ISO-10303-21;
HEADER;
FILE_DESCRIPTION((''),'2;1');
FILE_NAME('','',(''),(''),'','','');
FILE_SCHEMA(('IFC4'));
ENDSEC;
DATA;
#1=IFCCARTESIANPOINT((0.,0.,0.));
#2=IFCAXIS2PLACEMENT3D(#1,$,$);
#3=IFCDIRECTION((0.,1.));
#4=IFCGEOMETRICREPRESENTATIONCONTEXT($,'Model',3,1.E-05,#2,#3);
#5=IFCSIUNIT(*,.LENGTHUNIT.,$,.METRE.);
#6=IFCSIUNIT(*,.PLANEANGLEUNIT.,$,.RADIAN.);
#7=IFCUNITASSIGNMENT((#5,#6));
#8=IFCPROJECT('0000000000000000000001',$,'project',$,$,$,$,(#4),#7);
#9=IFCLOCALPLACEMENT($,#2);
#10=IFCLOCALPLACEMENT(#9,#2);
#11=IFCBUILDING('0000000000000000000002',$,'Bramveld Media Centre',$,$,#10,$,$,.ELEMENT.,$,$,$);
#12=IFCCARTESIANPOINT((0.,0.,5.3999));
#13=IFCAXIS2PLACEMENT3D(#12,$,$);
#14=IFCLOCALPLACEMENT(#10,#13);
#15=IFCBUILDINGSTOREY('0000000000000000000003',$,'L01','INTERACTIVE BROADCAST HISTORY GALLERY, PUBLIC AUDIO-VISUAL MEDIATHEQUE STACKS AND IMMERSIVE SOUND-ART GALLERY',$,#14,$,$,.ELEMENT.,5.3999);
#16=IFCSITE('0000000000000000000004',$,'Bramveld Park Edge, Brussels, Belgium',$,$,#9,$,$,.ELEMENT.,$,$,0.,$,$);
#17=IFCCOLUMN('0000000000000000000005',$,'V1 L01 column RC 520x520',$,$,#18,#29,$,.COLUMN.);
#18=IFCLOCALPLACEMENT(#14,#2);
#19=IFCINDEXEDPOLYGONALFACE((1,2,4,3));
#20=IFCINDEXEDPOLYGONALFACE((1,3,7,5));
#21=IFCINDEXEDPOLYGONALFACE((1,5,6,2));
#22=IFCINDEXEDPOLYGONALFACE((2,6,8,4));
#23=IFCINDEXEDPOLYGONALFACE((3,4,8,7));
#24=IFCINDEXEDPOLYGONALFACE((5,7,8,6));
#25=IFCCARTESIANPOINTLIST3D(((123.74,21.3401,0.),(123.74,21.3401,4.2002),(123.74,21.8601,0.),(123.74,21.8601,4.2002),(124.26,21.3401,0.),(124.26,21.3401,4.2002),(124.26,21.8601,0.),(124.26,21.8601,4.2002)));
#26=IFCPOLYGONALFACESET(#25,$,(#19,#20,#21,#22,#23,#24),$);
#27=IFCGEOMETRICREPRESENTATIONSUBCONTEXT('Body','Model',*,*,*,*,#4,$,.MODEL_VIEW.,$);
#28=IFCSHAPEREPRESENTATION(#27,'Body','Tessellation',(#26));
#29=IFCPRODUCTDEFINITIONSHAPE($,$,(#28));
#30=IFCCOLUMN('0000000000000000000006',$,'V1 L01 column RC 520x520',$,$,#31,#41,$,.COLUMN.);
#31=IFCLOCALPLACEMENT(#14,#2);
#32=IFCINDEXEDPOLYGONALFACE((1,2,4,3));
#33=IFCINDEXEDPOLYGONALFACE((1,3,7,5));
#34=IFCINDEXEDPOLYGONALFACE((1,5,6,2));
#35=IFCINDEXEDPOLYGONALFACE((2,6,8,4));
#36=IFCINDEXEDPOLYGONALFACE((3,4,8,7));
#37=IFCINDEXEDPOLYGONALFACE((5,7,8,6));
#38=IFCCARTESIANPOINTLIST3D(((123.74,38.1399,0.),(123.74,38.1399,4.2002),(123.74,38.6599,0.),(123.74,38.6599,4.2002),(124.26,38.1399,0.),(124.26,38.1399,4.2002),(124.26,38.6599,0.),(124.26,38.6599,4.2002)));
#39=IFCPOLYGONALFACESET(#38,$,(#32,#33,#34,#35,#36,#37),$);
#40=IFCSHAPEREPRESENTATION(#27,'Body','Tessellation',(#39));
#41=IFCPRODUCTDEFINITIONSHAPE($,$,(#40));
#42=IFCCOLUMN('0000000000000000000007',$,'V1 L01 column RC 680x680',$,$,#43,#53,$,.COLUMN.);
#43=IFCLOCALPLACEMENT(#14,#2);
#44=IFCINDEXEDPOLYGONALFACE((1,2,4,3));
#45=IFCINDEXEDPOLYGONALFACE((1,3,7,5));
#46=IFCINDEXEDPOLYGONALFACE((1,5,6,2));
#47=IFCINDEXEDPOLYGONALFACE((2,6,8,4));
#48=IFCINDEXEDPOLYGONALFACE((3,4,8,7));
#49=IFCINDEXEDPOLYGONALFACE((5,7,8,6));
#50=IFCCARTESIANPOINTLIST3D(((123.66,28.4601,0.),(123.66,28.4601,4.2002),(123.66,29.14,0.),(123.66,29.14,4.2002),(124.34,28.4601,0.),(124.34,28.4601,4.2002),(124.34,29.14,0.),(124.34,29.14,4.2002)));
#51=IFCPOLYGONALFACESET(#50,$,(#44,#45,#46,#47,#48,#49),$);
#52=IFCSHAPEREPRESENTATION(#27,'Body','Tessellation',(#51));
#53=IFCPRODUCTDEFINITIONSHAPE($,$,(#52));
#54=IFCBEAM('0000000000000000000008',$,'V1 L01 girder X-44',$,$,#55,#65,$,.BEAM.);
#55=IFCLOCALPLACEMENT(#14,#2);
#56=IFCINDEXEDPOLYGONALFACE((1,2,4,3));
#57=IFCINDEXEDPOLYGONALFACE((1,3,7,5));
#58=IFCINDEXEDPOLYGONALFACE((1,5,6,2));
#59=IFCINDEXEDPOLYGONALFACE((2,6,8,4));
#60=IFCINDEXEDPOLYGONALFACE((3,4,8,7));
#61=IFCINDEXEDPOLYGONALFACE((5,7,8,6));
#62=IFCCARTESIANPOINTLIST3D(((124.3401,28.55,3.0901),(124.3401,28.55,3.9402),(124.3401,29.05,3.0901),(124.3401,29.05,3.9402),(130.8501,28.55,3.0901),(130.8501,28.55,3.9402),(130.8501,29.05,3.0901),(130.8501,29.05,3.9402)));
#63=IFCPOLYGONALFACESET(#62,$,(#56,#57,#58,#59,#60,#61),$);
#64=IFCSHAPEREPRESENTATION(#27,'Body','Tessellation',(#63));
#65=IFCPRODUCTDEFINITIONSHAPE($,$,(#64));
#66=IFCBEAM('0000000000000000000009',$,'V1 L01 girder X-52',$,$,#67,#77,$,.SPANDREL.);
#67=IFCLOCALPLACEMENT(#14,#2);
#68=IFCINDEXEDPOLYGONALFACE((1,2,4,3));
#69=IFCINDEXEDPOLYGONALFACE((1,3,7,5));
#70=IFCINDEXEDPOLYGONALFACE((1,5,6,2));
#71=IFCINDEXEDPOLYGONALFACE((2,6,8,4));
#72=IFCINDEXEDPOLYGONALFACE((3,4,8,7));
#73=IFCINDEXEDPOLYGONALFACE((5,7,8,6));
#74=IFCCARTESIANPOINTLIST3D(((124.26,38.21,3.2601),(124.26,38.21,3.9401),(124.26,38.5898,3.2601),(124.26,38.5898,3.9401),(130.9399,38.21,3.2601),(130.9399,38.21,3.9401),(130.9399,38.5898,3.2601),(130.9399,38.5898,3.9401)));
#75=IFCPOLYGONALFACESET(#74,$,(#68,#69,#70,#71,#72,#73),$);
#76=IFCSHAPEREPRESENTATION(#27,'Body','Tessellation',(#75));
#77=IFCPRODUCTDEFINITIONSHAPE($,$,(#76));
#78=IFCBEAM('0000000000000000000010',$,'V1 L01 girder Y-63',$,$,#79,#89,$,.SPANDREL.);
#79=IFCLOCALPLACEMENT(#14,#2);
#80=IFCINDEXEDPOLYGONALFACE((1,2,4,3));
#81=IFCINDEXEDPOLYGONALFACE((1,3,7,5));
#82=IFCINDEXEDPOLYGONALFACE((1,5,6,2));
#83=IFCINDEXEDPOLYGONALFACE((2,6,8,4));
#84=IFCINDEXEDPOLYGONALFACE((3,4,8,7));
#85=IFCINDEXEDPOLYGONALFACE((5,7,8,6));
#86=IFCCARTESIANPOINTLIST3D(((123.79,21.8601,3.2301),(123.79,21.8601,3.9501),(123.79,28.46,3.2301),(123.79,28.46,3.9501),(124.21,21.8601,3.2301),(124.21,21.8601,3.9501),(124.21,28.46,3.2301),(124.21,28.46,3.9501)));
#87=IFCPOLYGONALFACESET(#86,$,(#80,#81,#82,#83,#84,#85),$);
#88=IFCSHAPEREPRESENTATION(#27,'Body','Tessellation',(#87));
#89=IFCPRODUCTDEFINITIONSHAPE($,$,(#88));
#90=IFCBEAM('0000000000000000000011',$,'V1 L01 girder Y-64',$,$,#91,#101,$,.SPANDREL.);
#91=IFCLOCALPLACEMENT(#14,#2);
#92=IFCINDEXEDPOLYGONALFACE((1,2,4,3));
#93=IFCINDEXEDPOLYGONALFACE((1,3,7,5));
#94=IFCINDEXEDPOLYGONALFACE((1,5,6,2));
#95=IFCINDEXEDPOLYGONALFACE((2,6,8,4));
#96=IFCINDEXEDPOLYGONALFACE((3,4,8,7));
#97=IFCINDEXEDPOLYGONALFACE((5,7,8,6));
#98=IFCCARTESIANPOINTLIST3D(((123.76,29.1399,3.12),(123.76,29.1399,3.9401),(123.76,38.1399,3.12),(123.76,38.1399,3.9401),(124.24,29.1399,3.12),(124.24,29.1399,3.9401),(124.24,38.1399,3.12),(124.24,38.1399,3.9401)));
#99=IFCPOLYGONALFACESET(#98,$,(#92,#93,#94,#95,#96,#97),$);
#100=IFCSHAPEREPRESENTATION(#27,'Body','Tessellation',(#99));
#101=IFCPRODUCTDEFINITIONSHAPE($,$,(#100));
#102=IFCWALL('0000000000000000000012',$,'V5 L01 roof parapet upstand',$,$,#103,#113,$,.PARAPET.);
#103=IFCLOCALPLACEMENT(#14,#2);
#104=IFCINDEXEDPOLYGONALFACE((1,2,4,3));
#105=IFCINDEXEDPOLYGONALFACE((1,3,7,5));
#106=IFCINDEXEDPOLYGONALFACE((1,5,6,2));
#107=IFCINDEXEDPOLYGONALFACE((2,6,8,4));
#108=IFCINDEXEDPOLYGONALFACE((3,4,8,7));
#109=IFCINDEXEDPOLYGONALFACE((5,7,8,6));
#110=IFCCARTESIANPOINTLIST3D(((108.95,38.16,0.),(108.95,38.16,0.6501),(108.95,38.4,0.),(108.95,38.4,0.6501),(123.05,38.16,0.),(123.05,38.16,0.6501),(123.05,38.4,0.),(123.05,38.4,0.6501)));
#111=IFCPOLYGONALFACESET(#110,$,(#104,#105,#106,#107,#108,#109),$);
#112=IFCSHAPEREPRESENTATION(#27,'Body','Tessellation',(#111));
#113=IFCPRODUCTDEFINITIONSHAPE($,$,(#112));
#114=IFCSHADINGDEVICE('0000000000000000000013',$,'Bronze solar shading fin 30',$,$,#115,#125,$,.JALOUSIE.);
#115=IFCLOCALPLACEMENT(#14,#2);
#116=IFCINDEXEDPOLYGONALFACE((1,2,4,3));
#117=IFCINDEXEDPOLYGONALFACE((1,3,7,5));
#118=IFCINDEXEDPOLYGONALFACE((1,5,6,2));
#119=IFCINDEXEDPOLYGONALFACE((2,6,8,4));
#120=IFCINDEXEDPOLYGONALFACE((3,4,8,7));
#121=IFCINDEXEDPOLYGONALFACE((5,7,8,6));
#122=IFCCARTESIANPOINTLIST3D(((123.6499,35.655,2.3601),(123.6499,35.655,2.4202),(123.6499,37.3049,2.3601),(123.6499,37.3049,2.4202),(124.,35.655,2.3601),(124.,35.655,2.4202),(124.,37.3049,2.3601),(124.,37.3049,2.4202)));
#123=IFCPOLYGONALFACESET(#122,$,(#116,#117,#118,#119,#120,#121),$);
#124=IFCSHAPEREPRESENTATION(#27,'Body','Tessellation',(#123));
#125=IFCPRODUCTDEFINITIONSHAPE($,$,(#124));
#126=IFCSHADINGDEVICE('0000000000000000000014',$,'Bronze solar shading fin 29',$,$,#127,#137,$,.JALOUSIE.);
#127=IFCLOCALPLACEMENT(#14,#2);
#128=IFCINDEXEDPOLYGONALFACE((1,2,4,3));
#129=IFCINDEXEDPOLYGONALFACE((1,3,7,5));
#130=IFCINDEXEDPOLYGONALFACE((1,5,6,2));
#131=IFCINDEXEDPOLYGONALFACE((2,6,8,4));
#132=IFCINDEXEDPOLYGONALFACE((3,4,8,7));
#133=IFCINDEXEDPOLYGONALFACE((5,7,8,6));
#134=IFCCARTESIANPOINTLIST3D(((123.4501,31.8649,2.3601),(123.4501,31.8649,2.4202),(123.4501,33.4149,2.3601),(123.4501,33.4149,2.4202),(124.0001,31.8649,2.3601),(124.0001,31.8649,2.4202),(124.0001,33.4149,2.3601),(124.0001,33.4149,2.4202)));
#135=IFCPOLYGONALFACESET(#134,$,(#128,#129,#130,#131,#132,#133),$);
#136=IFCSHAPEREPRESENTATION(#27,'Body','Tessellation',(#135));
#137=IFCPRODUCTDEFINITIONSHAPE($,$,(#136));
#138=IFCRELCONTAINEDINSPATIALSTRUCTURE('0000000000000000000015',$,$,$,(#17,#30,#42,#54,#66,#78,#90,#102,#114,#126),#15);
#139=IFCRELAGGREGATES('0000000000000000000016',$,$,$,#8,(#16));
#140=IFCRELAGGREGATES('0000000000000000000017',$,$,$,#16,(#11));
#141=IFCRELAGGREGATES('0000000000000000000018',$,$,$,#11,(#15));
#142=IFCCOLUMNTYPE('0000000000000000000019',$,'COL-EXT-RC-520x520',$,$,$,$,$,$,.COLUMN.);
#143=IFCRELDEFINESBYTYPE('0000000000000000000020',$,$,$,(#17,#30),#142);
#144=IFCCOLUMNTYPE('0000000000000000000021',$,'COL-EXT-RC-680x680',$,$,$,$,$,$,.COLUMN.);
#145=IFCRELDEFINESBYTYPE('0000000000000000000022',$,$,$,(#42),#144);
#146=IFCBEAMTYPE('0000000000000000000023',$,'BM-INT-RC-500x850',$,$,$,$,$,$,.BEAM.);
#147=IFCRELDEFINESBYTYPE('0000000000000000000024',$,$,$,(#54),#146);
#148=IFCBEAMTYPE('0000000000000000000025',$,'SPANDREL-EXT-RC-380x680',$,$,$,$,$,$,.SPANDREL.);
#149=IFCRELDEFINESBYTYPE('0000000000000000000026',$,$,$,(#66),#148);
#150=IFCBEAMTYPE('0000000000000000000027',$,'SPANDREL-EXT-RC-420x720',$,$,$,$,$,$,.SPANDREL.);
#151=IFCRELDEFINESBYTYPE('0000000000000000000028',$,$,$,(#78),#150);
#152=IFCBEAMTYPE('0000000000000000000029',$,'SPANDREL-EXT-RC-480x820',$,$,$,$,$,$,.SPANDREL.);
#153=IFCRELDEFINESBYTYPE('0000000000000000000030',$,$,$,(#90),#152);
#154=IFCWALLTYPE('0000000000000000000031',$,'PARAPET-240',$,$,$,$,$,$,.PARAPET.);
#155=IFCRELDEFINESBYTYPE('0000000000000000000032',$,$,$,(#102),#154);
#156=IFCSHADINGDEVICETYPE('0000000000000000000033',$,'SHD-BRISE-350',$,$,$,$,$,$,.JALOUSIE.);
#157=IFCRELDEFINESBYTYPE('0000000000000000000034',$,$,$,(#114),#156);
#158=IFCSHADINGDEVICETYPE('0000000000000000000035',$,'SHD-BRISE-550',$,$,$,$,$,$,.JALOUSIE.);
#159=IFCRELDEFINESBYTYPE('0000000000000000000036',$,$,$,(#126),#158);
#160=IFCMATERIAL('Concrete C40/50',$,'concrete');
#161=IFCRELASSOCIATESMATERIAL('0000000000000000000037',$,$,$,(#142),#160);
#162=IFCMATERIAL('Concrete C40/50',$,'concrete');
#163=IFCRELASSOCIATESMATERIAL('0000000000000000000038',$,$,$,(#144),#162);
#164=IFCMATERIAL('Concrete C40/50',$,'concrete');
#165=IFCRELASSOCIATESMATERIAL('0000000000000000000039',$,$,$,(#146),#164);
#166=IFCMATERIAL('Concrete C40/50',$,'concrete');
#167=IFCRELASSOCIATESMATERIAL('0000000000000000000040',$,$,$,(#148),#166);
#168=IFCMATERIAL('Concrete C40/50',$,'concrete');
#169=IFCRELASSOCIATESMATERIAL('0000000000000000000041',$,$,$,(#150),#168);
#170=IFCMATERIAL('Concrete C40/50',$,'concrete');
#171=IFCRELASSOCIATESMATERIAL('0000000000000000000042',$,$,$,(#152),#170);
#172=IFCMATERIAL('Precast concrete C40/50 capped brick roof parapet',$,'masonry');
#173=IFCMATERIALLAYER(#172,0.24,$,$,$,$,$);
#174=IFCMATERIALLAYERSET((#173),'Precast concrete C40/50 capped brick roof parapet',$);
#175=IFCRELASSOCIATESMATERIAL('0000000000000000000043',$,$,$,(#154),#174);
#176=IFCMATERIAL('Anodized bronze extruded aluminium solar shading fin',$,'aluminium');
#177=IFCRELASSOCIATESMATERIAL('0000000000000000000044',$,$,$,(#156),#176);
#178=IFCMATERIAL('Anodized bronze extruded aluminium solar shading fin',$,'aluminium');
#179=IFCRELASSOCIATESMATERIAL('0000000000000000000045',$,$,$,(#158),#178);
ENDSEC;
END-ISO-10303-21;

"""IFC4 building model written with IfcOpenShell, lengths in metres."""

from ifc_helpers import new_model, si_unit, direction, frame, frame_2d, origin, origin_2d, place, context, subcontext, project, spatial, rectangle, extrude, material, layer, layer_set, material_profile, profile_set, type_object, element, save


model = new_model("IFC4")

# Units and contexts
model_context = context("Model", 3, precision=1e-05, world=origin(), true_north=direction((0.0, 1.0)))
body_context = subcontext(model_context, "Body", "Model", "MODEL_VIEW")
ifc_project = project(units=[si_unit("LENGTHUNIT", "METRE"), si_unit("PLANEANGLEUNIT", "RADIAN")], contexts=[model_context])

# Site, building, storey
site_placement = place(None, origin())
site = spatial("IfcSite", under=ifc_project, at=site_placement, Name="Bramveld Park Edge, Brussels, Belgium", CompositionType="ELEMENT", RefElevation=0.0)
building_placement = place(site_placement, origin())
building = spatial("IfcBuilding", under=site, at=building_placement, Name="Bramveld Media Centre", CompositionType="ELEMENT")
storey_placement = place(building_placement, frame((0.0, 0.0, 5.3999)))
storey = spatial("IfcBuildingStorey", under=building, at=storey_placement, Name="L01", Description="INTERACTIVE BROADCAST HISTORY GALLERY, PUBLIC AUDIO-VISUAL MEDIATHEQUE STACKS AND IMMERSIVE SOUND-ART GALLERY", CompositionType="ELEMENT", Elevation=5.3999)

# Columns
ifc_material_1 = material(Name="Concrete C40/50", Category="concrete")
ifc_material_profile_1 = material_profile(ifc_material_1, rectangle(XDim=0.52, YDim=0.52, at=origin_2d()), Name="RC 520x520")
ifc_profile_set_1 = profile_set([ifc_material_profile_1], Name="Concrete C40/50")
column_type_1 = type_object("IfcColumnType", Name="COL-EXT-RC-520x520", PredefinedType="COLUMN", material=ifc_profile_set_1)
for number, where, z_axis, x_axis, name in (
    (1, (124.0, 21.6001, 0.0), (0.0, 0.0, 1.0), (1.0, 0.0, 0.0), "V1 L01 column RC 520x520"),
    (2, (124.0, 38.3999, 0.0), (0.0, 0.0, 1.0), (1.0, 0.0, 0.0), "V1 L01 column RC 520x520"),
):
    element("IfcColumn", number, at=place(storey_placement, frame(where, z_axis=z_axis, x_axis=x_axis)), inside=storey, type_object=column_type_1, Name=name, PredefinedType="COLUMN", context=body_context, shape_type="SweptSolid", body=[
        extrude(rectangle(XDim=0.52, YDim=0.52, at=origin_2d()), origin(), (0.0, 0.0, 1.0), 4.2002),
    ])
ifc_material_2 = material(Name="Concrete C40/50", Category="concrete")
ifc_material_profile_2 = material_profile(ifc_material_2, rectangle(XDim=0.6799, YDim=0.6799, at=origin_2d()), Name="RC 680x680")
ifc_profile_set_2 = profile_set([ifc_material_profile_2], Name="Concrete C40/50")
column_type_2 = type_object("IfcColumnType", Name="COL-EXT-RC-680x680", PredefinedType="COLUMN", material=ifc_profile_set_2)
column_placement = place(storey_placement, frame((124.0, 28.8, 0.0), z_axis=(0.0, 0.0, 1.0), x_axis=(1.0, 0.0, 0.0)))
element("IfcColumn", 3, at=column_placement, inside=storey, type_object=column_type_2, Name="V1 L01 column RC 680x680", PredefinedType="COLUMN", context=body_context, shape_type="SweptSolid", body=[
    extrude(rectangle(XDim=0.6799, YDim=0.6799, at=origin_2d()), origin(), (0.0, 0.0, 1.0), 4.2002),
])

# Beams
ifc_material_3 = material(Name="Concrete C40/50", Category="concrete")
ifc_material_profile_3 = material_profile(ifc_material_3, rectangle(XDim=0.5, YDim=0.8501, at=origin_2d()), Name="RC 500x850")
ifc_profile_set_3 = profile_set([ifc_material_profile_3], Name="Concrete C40/50")
beam_type_1 = type_object("IfcBeamType", Name="BM-INT-RC-500x850", PredefinedType="BEAM", material=ifc_profile_set_3)
beam_1_placement = place(storey_placement, frame((124.3401, 28.8, 3.5151), z_axis=(1.0, 0.0, 0.0), x_axis=(0.0, 1.0, 0.0)))
element("IfcBeam", 4, at=beam_1_placement, inside=storey, type_object=beam_type_1, Name="V1 L01 girder X-44", PredefinedType="BEAM", context=body_context, shape_type="SweptSolid", body=[
    extrude(rectangle(XDim=0.5, YDim=0.8501, at=origin_2d()), origin(), (0.0, 0.0, 1.0), 6.51),
])
ifc_material_4 = material(Name="Concrete C40/50", Category="concrete")
ifc_material_profile_4 = material_profile(ifc_material_4, rectangle(XDim=0.3799, YDim=0.6799, at=origin_2d()), Name="RC 380x680")
ifc_profile_set_4 = profile_set([ifc_material_profile_4], Name="Concrete C40/50")
beam_type_2 = type_object("IfcBeamType", Name="SPANDREL-EXT-RC-380x680", PredefinedType="SPANDREL", material=ifc_profile_set_4)
beam_2_placement = place(storey_placement, frame((124.26, 38.3999, 3.6001), z_axis=(1.0, 0.0, 0.0), x_axis=(0.0, 1.0, 0.0)))
element("IfcBeam", 5, at=beam_2_placement, inside=storey, type_object=beam_type_2, Name="V1 L01 girder X-52", PredefinedType="SPANDREL", context=body_context, shape_type="SweptSolid", body=[
    extrude(rectangle(XDim=0.3799, YDim=0.6799, at=origin_2d()), origin(), (0.0, 0.0, 1.0), 6.6799),
])
ifc_material_5 = material(Name="Concrete C40/50", Category="concrete")
ifc_material_profile_5 = material_profile(ifc_material_5, rectangle(XDim=0.4199, YDim=0.72, at=origin_2d()), Name="RC 420x720")
ifc_profile_set_5 = profile_set([ifc_material_profile_5], Name="Concrete C40/50")
beam_type_3 = type_object("IfcBeamType", Name="SPANDREL-EXT-RC-420x720", PredefinedType="SPANDREL", material=ifc_profile_set_5)
beam_3_placement = place(storey_placement, frame((124.0, 21.8601, 3.5901), z_axis=(0.0, 1.0, 0.0), x_axis=(-1.0, 0.0, 0.0)))
element("IfcBeam", 6, at=beam_3_placement, inside=storey, type_object=beam_type_3, Name="V1 L01 girder Y-63", PredefinedType="SPANDREL", context=body_context, shape_type="SweptSolid", body=[
    extrude(rectangle(XDim=0.4199, YDim=0.72, at=origin_2d()), origin(), (0.0, 0.0, 1.0), 6.5999),
])
ifc_material_6 = material(Name="Concrete C40/50", Category="concrete")
ifc_material_profile_6 = material_profile(ifc_material_6, rectangle(XDim=0.48, YDim=0.8201, at=origin_2d()), Name="RC 480x820")
ifc_profile_set_6 = profile_set([ifc_material_profile_6], Name="Concrete C40/50")
beam_type_4 = type_object("IfcBeamType", Name="SPANDREL-EXT-RC-480x820", PredefinedType="SPANDREL", material=ifc_profile_set_6)
beam_4_placement = place(storey_placement, frame((124.0, 29.1399, 3.53), z_axis=(0.0, 1.0, 0.0), x_axis=(-1.0, 0.0, 0.0)))
element("IfcBeam", 7, at=beam_4_placement, inside=storey, type_object=beam_type_4, Name="V1 L01 girder Y-64", PredefinedType="SPANDREL", context=body_context, shape_type="SweptSolid", body=[
    extrude(rectangle(XDim=0.48, YDim=0.8201, at=origin_2d()), origin(), (0.0, 0.0, 1.0), 9.0),
])

# Wall
ifc_material_7 = material(Name="Precast concrete C40/50 capped brick roof parapet", Category="masonry")
ifc_layer_1 = layer(ifc_material_7, 0.24)
ifc_layer_set_1 = layer_set([ifc_layer_1], Name="Precast concrete C40/50 capped brick roof parapet")
wall_type_1 = type_object("IfcWallType", Name="PARAPET-240", PredefinedType="PARAPET", material=ifc_layer_set_1)
wall_1_placement = place(storey_placement, frame((108.95, 38.28, 0.0), z_axis=(0.0, 0.0, 1.0), x_axis=(1.0, 0.0, 0.0)))
element("IfcWall", 8, at=wall_1_placement, inside=storey, type_object=wall_type_1, Name="V5 L01 roof parapet upstand", PredefinedType="PARAPET", context=body_context, shape_type="SweptSolid", body=[
    extrude(rectangle(XDim=14.1001, YDim=0.24, at=frame_2d((7.05, 0.0))), origin(), (0.0, 0.0, 1.0), 0.6501),
])

# Shading devices
ifc_material_8 = material(Name="Anodized bronze extruded aluminium solar shading fin", Category="aluminium")
shading_device_type_1 = type_object("IfcShadingDeviceType", Name="SHD-BRISE-350", PredefinedType="JALOUSIE", material=ifc_material_8)
shading_device_1_placement = place(storey_placement, frame((123.825, 36.48, 2.3601), z_axis=(0.0, 0.0, 1.0), x_axis=(1.0, 0.0, 0.0)))
element("IfcShadingDevice", 9, at=shading_device_1_placement, inside=storey, type_object=shading_device_type_1, Name="Bronze solar shading fin 30", PredefinedType="JALOUSIE", context=body_context, shape_type="SweptSolid", body=[
    extrude(rectangle(XDim=0.3501, YDim=1.6499, at=origin_2d()), origin(), (0.0, 0.0, 1.0), 0.0601),
])
ifc_material_9 = material(Name="Anodized bronze extruded aluminium solar shading fin", Category="aluminium")
shading_device_type_2 = type_object("IfcShadingDeviceType", Name="SHD-BRISE-550", PredefinedType="JALOUSIE", material=ifc_material_9)
shading_device_2_placement = place(storey_placement, frame((123.7251, 32.6399, 2.3601), z_axis=(0.0, 0.0, 1.0), x_axis=(1.0, 0.0, 0.0)))
element("IfcShadingDevice", 10, at=shading_device_2_placement, inside=storey, type_object=shading_device_type_2, Name="Bronze solar shading fin 29", PredefinedType="JALOUSIE", context=body_context, shape_type="SweptSolid", body=[
    extrude(rectangle(XDim=0.55, YDim=1.55, at=origin_2d()), origin(), (0.0, 0.0, 1.0), 0.0601),
])

save(model, "model.ifc")
